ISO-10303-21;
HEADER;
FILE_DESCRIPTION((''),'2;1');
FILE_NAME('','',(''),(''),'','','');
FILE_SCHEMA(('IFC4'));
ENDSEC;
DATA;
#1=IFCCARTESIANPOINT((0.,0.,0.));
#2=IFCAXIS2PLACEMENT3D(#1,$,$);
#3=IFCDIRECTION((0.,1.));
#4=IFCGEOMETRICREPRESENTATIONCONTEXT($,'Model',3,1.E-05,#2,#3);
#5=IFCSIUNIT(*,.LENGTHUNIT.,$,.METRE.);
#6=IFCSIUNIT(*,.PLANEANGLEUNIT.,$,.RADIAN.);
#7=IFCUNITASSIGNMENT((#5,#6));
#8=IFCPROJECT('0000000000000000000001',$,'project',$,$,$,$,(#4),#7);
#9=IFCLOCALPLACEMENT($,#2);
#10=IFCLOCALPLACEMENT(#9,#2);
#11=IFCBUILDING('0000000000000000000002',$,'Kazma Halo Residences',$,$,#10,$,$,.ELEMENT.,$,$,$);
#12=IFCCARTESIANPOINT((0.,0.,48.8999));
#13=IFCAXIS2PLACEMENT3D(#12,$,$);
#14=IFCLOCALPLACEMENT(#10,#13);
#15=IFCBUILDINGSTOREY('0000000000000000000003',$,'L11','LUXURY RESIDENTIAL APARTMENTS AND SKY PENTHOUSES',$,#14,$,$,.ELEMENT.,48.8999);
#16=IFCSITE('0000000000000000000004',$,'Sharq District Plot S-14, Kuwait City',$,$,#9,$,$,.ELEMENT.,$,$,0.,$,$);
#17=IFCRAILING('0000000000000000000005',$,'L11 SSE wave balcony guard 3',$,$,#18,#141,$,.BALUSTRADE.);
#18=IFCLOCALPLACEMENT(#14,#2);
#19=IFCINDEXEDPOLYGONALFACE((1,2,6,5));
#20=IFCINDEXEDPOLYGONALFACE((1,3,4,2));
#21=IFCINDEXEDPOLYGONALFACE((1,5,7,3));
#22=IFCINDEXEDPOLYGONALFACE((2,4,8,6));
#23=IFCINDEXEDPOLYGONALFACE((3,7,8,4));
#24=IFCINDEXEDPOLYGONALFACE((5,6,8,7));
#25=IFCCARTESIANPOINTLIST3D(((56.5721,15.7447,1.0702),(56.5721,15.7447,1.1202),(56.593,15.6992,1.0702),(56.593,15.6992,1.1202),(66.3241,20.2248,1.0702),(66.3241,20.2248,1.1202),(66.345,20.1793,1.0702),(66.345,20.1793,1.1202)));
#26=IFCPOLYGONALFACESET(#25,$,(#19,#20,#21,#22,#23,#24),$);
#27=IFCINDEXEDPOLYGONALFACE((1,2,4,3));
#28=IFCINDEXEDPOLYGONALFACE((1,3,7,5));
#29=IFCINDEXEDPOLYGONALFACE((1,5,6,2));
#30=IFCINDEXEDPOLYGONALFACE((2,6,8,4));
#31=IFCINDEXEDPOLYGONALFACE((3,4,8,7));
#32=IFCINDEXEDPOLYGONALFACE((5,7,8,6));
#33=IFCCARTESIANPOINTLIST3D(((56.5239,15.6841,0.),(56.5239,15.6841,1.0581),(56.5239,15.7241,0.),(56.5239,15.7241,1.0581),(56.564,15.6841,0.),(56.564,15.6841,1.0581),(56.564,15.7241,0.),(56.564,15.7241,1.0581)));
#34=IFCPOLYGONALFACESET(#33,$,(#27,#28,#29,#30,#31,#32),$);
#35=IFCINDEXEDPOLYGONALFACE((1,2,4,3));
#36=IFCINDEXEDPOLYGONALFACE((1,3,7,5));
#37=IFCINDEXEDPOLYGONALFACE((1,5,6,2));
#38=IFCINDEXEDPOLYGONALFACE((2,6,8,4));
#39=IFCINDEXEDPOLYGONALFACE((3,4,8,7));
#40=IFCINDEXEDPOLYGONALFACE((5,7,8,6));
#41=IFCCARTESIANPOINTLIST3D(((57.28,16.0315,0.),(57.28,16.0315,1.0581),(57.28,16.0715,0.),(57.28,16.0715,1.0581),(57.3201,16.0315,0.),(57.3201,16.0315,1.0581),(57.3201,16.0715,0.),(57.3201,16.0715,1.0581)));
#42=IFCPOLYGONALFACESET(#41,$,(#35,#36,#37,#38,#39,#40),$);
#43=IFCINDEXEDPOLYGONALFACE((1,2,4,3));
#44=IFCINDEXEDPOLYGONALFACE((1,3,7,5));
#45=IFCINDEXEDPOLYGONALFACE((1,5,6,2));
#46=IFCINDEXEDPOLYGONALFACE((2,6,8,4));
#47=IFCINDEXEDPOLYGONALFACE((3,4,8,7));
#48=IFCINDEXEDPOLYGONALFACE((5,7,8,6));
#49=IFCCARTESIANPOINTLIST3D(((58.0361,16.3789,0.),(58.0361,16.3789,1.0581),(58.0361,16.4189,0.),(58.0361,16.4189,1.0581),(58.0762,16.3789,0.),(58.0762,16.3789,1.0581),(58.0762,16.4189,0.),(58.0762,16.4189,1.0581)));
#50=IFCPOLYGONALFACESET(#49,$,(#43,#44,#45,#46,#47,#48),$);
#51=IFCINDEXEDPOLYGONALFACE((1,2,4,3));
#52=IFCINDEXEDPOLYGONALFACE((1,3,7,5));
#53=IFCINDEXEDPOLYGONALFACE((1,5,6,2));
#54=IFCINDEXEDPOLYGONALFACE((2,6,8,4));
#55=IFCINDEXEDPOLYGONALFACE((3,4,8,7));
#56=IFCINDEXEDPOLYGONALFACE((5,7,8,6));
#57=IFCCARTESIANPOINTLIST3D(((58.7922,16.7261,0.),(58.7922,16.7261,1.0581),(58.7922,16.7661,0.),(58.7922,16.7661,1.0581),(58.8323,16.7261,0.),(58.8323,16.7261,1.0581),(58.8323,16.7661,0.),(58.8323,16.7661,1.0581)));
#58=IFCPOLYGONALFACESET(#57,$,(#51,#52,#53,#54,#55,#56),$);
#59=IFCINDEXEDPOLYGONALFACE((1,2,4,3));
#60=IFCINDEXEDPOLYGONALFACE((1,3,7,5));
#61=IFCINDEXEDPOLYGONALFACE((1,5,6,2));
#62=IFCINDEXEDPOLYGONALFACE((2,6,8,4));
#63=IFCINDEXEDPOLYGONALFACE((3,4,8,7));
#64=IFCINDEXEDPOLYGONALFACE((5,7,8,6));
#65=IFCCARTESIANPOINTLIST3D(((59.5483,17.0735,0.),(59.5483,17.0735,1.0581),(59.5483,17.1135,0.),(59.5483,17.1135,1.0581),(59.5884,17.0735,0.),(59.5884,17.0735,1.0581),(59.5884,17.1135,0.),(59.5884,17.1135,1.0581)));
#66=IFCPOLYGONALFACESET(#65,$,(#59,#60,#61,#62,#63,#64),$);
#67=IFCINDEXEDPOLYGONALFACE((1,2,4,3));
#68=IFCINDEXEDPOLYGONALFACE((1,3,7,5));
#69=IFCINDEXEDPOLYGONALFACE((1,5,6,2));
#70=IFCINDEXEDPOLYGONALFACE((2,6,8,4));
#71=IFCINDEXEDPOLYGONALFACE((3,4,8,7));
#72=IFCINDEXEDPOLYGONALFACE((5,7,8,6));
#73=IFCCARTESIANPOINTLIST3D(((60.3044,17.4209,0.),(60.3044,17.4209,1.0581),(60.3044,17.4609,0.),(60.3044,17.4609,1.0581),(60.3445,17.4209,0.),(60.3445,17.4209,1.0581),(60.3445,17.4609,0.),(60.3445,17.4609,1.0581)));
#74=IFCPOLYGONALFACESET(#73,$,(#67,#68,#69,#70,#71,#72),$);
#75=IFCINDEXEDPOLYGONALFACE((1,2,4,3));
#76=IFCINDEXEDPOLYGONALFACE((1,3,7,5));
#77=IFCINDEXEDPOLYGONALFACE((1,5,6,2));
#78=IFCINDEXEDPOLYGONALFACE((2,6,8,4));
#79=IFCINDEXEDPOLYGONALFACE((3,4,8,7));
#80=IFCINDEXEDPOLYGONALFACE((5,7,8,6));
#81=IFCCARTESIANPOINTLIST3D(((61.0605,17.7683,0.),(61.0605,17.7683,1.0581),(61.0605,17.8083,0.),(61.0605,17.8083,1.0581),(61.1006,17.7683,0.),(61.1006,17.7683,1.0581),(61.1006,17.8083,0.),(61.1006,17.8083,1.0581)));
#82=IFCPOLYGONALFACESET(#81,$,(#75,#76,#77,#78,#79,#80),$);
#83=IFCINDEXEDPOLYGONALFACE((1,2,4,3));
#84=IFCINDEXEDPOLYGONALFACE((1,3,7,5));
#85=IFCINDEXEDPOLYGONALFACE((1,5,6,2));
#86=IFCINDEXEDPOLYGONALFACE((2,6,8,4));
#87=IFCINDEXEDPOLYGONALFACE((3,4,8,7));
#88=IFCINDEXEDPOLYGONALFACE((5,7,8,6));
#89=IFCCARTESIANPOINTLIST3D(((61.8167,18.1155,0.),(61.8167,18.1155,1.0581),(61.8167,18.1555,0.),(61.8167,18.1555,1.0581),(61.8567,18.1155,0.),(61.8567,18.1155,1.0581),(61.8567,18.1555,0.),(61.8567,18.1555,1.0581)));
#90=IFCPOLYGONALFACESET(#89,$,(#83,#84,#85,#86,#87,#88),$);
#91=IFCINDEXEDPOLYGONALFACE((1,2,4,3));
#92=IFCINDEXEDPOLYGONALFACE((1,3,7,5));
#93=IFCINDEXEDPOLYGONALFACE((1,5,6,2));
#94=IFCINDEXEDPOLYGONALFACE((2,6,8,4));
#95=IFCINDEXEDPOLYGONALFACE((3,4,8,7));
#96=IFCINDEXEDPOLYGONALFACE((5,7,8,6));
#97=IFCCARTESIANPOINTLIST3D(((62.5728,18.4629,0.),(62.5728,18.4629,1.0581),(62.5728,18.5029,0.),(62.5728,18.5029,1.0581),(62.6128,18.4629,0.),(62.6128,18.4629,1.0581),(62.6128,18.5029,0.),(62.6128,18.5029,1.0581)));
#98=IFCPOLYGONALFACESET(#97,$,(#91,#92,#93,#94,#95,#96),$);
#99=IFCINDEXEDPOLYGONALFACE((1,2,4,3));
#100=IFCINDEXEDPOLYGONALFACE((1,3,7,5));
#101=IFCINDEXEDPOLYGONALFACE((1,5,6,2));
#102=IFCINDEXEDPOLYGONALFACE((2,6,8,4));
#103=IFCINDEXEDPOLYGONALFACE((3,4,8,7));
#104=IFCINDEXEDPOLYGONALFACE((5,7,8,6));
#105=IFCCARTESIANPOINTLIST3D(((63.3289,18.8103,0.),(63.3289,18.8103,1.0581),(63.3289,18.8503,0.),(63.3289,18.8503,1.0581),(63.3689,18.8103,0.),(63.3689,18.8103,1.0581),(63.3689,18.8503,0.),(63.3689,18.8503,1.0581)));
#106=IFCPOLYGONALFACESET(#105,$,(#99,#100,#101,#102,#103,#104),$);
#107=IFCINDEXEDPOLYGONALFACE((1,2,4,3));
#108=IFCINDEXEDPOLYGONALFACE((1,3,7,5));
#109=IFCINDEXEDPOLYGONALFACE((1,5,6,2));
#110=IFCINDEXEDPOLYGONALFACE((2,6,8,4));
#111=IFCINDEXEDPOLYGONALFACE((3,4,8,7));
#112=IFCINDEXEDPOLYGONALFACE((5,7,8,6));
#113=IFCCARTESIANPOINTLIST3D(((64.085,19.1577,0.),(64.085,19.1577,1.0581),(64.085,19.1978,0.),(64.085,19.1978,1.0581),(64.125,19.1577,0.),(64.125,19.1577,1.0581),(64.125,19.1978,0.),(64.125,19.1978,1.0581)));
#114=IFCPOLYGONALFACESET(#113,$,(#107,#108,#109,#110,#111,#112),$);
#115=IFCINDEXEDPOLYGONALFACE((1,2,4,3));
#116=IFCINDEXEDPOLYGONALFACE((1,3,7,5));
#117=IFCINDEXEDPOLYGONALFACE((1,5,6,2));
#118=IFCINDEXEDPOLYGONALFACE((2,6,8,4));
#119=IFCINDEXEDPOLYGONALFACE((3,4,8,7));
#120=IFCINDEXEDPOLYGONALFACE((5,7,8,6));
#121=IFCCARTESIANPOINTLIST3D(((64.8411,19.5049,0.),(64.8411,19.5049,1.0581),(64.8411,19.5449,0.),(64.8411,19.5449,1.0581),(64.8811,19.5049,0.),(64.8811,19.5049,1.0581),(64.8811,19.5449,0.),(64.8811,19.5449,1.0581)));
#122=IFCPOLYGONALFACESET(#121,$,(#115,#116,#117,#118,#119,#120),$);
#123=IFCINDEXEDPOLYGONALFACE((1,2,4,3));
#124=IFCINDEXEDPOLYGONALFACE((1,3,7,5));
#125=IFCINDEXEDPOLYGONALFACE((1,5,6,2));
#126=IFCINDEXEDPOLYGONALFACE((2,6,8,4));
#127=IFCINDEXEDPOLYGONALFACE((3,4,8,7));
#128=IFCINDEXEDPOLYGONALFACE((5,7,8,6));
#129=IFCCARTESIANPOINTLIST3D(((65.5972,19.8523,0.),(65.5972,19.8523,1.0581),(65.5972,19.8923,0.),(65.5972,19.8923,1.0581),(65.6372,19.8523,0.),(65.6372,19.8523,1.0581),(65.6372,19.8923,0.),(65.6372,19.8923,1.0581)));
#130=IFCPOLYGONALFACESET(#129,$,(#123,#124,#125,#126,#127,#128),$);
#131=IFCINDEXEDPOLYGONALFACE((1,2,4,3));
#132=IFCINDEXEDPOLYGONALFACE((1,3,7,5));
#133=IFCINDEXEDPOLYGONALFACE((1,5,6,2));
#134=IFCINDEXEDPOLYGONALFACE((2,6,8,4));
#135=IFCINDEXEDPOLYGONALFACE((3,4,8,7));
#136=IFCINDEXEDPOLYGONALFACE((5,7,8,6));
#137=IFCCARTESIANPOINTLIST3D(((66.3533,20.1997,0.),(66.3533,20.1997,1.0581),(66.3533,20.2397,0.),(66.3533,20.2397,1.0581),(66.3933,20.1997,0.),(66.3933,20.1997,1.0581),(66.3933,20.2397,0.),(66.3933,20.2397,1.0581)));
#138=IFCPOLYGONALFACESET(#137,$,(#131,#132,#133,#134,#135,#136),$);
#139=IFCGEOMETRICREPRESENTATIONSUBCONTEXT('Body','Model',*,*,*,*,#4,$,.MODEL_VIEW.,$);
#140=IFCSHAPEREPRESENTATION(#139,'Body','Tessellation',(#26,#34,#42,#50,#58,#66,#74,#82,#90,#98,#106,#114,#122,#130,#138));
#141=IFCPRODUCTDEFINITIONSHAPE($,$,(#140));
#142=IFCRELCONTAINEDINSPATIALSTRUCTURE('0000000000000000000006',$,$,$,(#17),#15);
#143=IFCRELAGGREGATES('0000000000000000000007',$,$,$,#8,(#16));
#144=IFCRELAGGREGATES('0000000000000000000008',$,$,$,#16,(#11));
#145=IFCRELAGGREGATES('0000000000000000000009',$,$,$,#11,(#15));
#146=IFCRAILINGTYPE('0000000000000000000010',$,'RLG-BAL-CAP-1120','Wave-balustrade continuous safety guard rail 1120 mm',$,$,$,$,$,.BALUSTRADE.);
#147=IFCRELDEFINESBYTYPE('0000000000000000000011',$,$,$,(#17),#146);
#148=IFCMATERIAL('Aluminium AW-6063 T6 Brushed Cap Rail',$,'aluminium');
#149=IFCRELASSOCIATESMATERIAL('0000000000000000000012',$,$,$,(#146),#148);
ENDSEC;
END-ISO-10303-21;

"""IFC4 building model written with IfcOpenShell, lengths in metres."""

from ifc_helpers import new_model, si_unit, direction, frame, origin, origin_2d, place, context, subcontext, project, spatial, rectangle, extrude, material, type_object, element, save


model = new_model("IFC4")

# Units and contexts
model_context = context("Model", 3, precision=1e-05, world=origin(), true_north=direction((0.0, 1.0)))
body_context = subcontext(model_context, "Body", "Model", "MODEL_VIEW")
ifc_project = project(units=[si_unit("LENGTHUNIT", "METRE"), si_unit("PLANEANGLEUNIT", "RADIAN")], contexts=[model_context])

# Site, building, storey
site_placement = place(None, origin())
site = spatial("IfcSite", under=ifc_project, at=site_placement, Name="Sharq District Plot S-14, Kuwait City", CompositionType="ELEMENT", RefElevation=0.0)
building_placement = place(site_placement, origin())
building = spatial("IfcBuilding", under=site, at=building_placement, Name="Kazma Halo Residences", CompositionType="ELEMENT")
storey_placement = place(building_placement, frame((0.0, 0.0, 48.8999)))
storey = spatial("IfcBuildingStorey", under=building, at=storey_placement, Name="L11", Description="LUXURY RESIDENTIAL APARTMENTS AND SKY PENTHOUSES", CompositionType="ELEMENT", Elevation=48.8999)

# Railing
ifc_material_1 = material(Name="Aluminium AW-6063 T6 Brushed Cap Rail", Category="aluminium")
railing_type = type_object("IfcRailingType", Name="RLG-BAL-CAP-1120", Description="Wave-balustrade continuous safety guard rail 1120 mm", PredefinedType="BALUSTRADE", material=ifc_material_1)
railing_placement = place(storey_placement, frame((56.5439, 15.7041, 0.0)))
element("IfcRailing", 1, at=railing_placement, inside=storey, type_object=railing_type, Name="L11 SSE wave balcony guard 3", PredefinedType="BALUSTRADE", context=body_context, shape_type="SweptSolid", body=[
    extrude(rectangle(XDim=0.05, YDim=0.05, at=origin_2d()), frame((0.0386, 0.0178, 1.0952), z_axis=(0.908697, 0.417457, 0.0), x_axis=(-0.417457, 0.908697, 0.0)), (0.0, 0.0, 1.0), 10.7319),
    extrude(rectangle(XDim=0.04, YDim=0.04, at=origin_2d()), origin(), (0.0, 0.0, 1.0), 1.0581),
    extrude(rectangle(XDim=0.04, YDim=0.04, at=origin_2d()), frame((0.7561, 0.3474, 0.0)), (0.0, 0.0, 1.0), 1.0581),
    extrude(rectangle(XDim=0.04, YDim=0.04, at=origin_2d()), frame((1.5122, 0.6948, 0.0)), (0.0, 0.0, 1.0), 1.0581),
    extrude(rectangle(XDim=0.04, YDim=0.04, at=origin_2d()), frame((2.2683, 1.042, 0.0)), (0.0, 0.0, 1.0), 1.0581),
    extrude(rectangle(XDim=0.04, YDim=0.04, at=origin_2d()), frame((3.0244, 1.3894, 0.0)), (0.0, 0.0, 1.0), 1.0581),
    extrude(rectangle(XDim=0.04, YDim=0.04, at=origin_2d()), frame((3.7805, 1.7368, 0.0)), (0.0, 0.0, 1.0), 1.0581),
    extrude(rectangle(XDim=0.04, YDim=0.04, at=origin_2d()), frame((4.5366, 2.0842, 0.0)), (0.0, 0.0, 1.0), 1.0581),
    extrude(rectangle(XDim=0.04, YDim=0.04, at=origin_2d()), frame((5.2927, 2.4314, 0.0)), (0.0, 0.0, 1.0), 1.0581),
    extrude(rectangle(XDim=0.04, YDim=0.04, at=origin_2d()), frame((6.0488, 2.7788, 0.0)), (0.0, 0.0, 1.0), 1.0581),
    extrude(rectangle(XDim=0.04, YDim=0.04, at=origin_2d()), frame((6.8049, 3.1262, 0.0)), (0.0, 0.0, 1.0), 1.0581),
    extrude(rectangle(XDim=0.04, YDim=0.04, at=origin_2d()), frame((7.561, 3.4736, 0.0)), (0.0, 0.0, 1.0), 1.0581),
    extrude(rectangle(XDim=0.04, YDim=0.04, at=origin_2d()), frame((8.3171, 3.8208, 0.0)), (0.0, 0.0, 1.0), 1.0581),
    extrude(rectangle(XDim=0.04, YDim=0.04, at=origin_2d()), frame((9.0732, 4.1682, 0.0)), (0.0, 0.0, 1.0), 1.0581),
    extrude(rectangle(XDim=0.04, YDim=0.04, at=origin_2d()), frame((9.8293, 4.5156, 0.0)), (0.0, 0.0, 1.0), 1.0581),
])

save(model, "model.ifc")
